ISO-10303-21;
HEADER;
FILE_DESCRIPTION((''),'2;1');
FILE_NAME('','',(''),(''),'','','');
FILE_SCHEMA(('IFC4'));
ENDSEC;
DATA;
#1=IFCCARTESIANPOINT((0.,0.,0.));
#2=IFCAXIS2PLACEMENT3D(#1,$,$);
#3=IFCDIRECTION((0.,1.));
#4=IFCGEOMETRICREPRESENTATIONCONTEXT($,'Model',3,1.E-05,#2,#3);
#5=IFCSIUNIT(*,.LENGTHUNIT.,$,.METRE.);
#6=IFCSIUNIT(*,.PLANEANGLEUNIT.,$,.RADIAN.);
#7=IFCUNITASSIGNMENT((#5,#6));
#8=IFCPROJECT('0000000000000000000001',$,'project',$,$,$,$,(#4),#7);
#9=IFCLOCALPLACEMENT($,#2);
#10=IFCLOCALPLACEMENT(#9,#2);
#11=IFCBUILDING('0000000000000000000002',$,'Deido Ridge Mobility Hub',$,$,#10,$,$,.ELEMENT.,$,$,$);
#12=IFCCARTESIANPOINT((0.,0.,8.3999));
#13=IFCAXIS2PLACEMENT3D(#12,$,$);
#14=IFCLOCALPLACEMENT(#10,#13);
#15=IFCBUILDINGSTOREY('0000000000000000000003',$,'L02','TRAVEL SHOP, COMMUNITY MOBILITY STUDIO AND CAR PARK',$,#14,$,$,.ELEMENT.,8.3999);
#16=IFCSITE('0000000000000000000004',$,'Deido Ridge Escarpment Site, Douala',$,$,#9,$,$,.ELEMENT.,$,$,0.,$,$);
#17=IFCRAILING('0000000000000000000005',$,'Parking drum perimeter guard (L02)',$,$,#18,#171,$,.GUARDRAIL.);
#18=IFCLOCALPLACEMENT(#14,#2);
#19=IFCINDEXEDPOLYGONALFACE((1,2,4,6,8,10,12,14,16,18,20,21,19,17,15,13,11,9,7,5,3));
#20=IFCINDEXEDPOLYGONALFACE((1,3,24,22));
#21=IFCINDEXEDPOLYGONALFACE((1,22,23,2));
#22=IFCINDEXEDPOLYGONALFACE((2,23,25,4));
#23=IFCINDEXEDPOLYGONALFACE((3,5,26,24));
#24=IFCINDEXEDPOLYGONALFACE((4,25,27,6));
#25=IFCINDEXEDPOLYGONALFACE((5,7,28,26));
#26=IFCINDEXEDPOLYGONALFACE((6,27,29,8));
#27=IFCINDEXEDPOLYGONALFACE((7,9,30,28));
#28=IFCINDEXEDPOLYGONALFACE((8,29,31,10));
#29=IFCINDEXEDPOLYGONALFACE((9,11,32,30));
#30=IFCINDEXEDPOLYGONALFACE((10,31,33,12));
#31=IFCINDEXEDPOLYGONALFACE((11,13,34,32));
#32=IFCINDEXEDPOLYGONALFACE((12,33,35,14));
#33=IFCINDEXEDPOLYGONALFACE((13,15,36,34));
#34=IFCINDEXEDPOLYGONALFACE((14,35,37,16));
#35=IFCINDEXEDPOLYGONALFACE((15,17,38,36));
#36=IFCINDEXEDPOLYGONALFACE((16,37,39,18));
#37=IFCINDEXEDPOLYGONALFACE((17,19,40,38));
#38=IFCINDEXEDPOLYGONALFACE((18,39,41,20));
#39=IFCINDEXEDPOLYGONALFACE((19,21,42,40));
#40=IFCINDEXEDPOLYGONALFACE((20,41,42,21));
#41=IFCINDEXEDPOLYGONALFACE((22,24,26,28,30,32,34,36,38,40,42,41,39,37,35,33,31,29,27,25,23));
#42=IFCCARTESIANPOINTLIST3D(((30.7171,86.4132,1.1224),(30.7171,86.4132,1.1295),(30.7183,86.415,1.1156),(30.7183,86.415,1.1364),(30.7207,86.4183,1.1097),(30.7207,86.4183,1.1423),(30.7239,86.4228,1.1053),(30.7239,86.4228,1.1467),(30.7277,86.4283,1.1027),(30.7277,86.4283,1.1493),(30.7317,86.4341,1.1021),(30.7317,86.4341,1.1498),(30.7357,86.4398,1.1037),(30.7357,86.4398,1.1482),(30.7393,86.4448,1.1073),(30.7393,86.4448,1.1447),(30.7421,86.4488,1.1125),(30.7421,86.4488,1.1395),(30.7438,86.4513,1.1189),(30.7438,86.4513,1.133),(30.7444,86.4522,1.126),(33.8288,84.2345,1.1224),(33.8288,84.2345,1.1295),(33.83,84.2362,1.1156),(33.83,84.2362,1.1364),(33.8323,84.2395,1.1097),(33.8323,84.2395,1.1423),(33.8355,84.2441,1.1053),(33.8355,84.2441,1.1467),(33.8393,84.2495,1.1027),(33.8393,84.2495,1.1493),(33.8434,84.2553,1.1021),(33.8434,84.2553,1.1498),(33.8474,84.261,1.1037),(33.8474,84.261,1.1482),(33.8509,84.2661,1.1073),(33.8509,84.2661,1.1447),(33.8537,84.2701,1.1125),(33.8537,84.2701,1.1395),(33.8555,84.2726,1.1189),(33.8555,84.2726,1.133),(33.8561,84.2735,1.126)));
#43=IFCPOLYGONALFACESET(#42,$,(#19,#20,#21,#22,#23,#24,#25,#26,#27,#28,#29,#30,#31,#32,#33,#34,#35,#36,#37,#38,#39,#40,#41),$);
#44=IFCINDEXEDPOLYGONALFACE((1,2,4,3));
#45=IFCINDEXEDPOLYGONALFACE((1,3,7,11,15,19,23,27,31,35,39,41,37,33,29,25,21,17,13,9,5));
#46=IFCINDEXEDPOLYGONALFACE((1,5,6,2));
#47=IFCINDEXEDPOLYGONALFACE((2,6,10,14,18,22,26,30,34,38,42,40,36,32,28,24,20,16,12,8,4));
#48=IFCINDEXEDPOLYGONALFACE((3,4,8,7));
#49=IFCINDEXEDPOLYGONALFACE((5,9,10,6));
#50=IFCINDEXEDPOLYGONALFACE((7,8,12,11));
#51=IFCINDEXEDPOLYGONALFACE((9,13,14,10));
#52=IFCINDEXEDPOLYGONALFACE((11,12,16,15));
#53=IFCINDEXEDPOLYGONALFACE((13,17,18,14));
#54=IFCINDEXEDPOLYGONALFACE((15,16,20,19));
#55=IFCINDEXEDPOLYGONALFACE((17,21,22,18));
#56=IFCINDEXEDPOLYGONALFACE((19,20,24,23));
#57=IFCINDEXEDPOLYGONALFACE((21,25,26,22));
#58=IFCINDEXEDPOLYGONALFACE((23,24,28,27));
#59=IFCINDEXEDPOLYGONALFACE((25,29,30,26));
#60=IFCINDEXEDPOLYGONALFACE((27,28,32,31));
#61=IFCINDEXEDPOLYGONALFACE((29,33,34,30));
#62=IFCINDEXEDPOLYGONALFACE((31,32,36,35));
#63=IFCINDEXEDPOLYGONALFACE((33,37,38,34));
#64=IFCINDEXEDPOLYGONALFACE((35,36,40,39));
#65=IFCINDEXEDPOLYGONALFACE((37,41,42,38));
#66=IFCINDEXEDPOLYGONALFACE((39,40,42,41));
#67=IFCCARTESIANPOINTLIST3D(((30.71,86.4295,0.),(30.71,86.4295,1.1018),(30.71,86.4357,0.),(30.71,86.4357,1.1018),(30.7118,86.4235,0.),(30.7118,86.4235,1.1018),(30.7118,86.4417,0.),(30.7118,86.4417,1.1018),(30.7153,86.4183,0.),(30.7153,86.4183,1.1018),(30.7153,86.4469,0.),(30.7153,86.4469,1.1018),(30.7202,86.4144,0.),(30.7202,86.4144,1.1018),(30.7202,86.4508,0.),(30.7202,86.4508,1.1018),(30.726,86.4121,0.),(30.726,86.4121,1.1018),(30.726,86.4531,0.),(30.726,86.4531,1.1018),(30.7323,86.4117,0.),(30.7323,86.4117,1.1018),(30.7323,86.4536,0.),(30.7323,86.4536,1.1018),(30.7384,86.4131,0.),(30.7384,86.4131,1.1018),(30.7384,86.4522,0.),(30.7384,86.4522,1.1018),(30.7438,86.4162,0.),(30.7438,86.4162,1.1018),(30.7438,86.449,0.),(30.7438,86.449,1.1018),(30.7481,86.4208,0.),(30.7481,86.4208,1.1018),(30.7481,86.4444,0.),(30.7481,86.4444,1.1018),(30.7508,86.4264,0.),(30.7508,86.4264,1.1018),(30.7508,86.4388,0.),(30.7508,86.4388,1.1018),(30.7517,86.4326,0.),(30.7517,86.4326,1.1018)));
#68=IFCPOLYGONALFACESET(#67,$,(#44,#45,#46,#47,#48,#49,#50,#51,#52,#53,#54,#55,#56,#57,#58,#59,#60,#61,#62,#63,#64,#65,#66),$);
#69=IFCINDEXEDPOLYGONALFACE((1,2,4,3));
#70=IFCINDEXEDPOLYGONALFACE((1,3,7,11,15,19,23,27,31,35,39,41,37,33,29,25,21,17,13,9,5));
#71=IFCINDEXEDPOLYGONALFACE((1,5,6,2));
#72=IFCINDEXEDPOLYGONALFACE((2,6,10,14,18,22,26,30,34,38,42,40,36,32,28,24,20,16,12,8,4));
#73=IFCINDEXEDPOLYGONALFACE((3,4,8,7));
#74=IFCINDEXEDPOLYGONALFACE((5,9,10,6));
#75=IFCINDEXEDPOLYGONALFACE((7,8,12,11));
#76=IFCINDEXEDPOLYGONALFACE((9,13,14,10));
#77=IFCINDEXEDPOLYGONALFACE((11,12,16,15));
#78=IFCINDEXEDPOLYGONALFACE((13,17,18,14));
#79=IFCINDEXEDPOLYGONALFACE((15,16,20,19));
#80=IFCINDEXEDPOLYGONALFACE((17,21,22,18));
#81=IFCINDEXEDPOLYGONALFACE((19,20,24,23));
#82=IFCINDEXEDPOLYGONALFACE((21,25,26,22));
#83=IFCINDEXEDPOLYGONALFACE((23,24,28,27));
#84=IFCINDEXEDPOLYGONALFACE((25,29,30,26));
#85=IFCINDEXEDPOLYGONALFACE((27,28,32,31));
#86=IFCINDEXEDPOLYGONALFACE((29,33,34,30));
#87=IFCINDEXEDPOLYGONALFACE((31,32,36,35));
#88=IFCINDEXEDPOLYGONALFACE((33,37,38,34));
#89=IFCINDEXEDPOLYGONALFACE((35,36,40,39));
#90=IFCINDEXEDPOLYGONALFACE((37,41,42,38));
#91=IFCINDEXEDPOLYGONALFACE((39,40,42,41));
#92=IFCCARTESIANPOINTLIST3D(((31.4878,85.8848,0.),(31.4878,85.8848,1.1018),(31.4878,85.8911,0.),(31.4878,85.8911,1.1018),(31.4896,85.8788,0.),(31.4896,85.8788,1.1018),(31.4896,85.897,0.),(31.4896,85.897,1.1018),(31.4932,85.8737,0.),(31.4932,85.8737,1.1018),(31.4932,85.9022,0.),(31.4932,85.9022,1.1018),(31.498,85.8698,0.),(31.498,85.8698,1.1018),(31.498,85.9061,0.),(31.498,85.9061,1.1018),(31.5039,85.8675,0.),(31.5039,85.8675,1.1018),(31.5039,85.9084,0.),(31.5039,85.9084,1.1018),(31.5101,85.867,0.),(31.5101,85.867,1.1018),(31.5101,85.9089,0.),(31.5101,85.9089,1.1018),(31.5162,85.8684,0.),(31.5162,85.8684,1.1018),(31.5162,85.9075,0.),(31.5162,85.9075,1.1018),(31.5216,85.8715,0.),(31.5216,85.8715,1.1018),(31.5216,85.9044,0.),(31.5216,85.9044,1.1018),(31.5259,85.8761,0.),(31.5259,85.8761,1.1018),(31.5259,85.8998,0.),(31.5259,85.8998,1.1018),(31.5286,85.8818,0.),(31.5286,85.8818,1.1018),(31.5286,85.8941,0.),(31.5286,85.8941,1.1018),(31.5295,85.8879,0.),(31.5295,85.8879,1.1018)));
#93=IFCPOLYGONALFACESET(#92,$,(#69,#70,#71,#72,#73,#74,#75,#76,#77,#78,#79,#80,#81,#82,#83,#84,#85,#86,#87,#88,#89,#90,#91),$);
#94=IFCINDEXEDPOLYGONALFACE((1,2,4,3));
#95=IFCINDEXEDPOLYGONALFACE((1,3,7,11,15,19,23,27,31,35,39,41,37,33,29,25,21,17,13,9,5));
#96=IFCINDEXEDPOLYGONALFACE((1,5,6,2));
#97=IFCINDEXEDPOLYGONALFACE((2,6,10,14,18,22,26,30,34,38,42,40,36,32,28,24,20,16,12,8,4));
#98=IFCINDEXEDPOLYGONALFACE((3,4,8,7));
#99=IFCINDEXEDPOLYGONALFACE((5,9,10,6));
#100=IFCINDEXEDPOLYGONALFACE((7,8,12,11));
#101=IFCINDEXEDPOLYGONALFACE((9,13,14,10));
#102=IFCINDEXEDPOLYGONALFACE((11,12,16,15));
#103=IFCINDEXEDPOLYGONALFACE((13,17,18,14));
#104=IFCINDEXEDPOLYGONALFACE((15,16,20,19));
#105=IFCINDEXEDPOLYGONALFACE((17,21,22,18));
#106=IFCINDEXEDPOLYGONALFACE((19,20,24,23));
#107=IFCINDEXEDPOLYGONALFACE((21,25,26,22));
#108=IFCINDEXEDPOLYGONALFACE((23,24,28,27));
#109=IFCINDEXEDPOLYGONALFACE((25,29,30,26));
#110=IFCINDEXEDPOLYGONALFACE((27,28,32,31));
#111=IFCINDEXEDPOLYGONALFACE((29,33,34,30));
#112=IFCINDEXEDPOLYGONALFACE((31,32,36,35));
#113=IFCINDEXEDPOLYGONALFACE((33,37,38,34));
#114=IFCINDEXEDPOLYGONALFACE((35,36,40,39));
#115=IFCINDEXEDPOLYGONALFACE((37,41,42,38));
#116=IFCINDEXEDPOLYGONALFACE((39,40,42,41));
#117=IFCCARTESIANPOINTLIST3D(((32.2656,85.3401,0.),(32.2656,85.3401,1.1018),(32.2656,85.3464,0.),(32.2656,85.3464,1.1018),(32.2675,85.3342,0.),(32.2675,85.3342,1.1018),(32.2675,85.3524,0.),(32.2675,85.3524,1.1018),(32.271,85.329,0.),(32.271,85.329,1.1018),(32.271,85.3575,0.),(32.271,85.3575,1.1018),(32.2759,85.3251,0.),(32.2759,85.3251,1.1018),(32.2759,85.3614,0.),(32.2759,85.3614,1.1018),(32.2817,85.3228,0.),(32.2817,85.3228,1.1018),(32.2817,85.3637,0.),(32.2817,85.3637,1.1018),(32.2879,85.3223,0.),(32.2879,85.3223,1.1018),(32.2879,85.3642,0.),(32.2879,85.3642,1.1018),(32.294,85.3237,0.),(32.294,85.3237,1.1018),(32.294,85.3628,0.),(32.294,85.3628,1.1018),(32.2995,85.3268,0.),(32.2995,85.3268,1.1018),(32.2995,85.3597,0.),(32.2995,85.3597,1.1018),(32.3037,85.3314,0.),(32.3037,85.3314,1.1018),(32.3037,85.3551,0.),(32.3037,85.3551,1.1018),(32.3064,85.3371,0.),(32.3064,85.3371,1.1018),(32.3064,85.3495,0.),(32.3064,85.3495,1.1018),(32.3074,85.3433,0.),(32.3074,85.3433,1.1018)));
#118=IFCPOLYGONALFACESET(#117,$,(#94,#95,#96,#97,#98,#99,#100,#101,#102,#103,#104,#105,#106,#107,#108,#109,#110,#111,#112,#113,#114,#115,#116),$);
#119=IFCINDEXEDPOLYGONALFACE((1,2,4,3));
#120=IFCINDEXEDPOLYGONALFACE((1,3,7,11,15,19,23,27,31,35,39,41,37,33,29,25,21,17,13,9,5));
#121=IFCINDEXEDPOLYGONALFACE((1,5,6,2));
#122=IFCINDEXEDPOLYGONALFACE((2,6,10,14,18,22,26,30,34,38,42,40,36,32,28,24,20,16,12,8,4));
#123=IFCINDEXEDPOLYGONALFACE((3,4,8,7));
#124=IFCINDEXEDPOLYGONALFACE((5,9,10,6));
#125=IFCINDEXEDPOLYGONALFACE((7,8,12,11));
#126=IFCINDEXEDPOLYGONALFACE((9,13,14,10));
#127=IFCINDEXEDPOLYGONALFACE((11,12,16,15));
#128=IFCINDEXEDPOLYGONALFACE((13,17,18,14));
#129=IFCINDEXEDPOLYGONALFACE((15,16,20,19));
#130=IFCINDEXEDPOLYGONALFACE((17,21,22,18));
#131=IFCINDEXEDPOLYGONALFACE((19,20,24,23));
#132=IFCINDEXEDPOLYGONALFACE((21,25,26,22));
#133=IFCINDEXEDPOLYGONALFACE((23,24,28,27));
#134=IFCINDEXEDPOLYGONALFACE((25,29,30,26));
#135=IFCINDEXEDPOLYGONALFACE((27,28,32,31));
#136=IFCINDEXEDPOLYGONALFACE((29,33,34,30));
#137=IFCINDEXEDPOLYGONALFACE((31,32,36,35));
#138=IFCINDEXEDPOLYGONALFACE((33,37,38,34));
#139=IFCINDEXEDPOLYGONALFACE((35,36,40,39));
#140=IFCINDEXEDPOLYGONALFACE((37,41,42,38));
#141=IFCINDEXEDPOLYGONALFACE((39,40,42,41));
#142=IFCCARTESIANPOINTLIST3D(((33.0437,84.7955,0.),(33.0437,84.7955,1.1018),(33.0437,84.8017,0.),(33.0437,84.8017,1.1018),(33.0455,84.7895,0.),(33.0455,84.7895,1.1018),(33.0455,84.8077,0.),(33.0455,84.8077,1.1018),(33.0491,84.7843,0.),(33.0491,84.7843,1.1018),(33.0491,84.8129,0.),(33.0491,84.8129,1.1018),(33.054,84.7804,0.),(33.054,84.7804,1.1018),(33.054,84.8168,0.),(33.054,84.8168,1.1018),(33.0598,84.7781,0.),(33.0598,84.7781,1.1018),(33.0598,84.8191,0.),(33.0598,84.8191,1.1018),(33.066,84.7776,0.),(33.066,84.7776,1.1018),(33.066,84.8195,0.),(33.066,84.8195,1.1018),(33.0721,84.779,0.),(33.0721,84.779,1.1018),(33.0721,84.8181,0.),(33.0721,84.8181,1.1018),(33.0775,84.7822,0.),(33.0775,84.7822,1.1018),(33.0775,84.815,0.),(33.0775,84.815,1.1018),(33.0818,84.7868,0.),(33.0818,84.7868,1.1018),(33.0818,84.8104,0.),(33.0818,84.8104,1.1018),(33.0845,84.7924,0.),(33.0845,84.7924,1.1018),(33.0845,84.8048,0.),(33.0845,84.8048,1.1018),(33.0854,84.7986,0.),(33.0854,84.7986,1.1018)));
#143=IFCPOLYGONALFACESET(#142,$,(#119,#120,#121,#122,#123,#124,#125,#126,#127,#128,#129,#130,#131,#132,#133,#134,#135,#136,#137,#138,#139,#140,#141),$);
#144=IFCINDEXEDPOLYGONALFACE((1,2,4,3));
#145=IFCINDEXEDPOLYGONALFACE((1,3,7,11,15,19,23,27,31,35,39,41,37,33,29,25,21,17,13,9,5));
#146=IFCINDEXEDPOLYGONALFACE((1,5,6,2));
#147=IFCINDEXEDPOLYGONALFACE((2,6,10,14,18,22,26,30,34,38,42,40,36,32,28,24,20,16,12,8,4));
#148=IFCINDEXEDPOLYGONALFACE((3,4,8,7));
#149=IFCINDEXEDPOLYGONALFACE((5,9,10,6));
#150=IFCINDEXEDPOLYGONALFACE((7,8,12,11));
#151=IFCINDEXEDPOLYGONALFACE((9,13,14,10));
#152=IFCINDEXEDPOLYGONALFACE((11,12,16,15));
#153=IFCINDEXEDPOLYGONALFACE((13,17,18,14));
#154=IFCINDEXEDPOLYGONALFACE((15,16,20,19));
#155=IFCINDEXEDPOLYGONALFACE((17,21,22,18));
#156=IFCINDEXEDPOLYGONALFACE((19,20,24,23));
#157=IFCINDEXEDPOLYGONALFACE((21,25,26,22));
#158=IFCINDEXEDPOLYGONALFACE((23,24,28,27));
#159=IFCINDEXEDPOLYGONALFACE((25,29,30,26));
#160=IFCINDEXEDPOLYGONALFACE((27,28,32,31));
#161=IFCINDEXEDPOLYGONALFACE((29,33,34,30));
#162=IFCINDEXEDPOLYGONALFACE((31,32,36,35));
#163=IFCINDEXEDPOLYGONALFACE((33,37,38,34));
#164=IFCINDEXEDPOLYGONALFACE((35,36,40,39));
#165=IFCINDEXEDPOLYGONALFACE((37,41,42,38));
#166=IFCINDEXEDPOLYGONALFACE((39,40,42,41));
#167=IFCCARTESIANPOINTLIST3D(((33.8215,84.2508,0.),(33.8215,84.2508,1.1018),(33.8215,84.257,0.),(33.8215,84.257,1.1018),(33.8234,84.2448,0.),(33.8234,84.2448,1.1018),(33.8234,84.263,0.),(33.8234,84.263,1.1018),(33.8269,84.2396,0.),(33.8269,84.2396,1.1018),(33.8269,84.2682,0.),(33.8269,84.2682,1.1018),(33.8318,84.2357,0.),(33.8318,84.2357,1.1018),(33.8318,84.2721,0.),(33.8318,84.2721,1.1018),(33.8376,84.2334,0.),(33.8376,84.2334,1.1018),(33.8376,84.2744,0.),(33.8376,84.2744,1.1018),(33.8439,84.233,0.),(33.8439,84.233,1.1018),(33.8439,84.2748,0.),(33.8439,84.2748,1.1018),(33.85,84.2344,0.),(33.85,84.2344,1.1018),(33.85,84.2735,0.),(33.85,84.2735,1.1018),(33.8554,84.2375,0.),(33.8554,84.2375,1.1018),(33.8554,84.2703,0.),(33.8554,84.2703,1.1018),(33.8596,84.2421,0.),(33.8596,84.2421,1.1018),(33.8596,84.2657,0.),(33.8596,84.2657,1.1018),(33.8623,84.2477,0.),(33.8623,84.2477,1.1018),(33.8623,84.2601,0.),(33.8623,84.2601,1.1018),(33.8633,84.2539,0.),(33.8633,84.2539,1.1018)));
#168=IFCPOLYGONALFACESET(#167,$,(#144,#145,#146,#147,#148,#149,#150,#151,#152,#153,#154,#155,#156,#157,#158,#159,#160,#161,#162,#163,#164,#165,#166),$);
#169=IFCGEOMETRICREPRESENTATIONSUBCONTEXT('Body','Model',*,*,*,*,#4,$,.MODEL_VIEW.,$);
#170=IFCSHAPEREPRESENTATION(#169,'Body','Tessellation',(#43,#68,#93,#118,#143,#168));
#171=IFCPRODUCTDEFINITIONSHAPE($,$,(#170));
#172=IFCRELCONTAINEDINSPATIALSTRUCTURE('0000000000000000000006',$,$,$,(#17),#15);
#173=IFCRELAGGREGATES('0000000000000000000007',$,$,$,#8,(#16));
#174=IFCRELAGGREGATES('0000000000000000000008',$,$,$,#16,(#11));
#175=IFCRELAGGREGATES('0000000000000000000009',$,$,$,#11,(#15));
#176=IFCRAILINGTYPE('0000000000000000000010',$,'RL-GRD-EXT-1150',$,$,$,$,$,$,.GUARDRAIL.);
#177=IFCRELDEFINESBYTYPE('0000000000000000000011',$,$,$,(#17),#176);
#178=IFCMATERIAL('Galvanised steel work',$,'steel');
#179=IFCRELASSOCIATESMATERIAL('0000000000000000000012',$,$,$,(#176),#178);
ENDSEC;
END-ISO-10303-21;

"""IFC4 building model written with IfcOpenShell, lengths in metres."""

from ifc_helpers import new_model, si_unit, direction, frame, origin, origin_2d, place, context, subcontext, project, spatial, circle, extrude, material, type_object, element, save


model = new_model("IFC4")

# Units and contexts
model_context = context("Model", 3, precision=1e-05, world=origin(), true_north=direction((0.0, 1.0)))
body_context = subcontext(model_context, "Body", "Model", "MODEL_VIEW")
ifc_project = project(units=[si_unit("LENGTHUNIT", "METRE"), si_unit("PLANEANGLEUNIT", "RADIAN")], contexts=[model_context])

# Site, building, storey
site_placement = place(None, origin())
site = spatial("IfcSite", under=ifc_project, at=site_placement, Name="Deido Ridge Escarpment Site, Douala", CompositionType="ELEMENT", RefElevation=0.0)
building_placement = place(site_placement, origin())
building = spatial("IfcBuilding", under=site, at=building_placement, Name="Deido Ridge Mobility Hub", CompositionType="ELEMENT")
storey_placement = place(building_placement, frame((0.0, 0.0, 8.3999)))
storey = spatial("IfcBuildingStorey", under=building, at=storey_placement, Name="L02", Description="TRAVEL SHOP, COMMUNITY MOBILITY STUDIO AND CAR PARK", CompositionType="ELEMENT", Elevation=8.3999)

# Railing
ifc_material_1 = material(Name="Galvanised steel work", Category="steel")
railing_type = type_object("IfcRailingType", Name="RL-GRD-EXT-1150", PredefinedType="GUARDRAIL", material=ifc_material_1)
railing_1_placement = place(storey_placement, frame((30.7307, 86.4326, 0.0)))
element("IfcRailing", 1, at=railing_1_placement, inside=storey, type_object=railing_type, Name="Parking drum perimeter guard (L02)", PredefinedType="GUARDRAIL", context=body_context, shape_type="SweptSolid", body=[
    extrude(circle(Radius=0.0239, at=origin_2d()), frame((0.0, 0.0, 1.126), z_axis=(0.819156, -0.57357, 0.0), x_axis=(0.57357, 0.819156, 0.0)), (0.0, 0.0, 1.0), 3.7986),
    extrude(circle(Radius=0.021, at=origin_2d()), origin(), (0.0, 0.0, 1.0), 1.1018),
    extrude(circle(Radius=0.021, at=origin_2d()), frame((0.7778, -0.5447, 0.0)), (0.0, 0.0, 1.0), 1.1018),
    extrude(circle(Radius=0.021, at=origin_2d()), frame((1.5557, -1.0894, 0.0)), (0.0, 0.0, 1.0), 1.1018),
    extrude(circle(Radius=0.021, at=origin_2d()), frame((2.3337, -1.634, 0.0)), (0.0, 0.0, 1.0), 1.1018),
    extrude(circle(Radius=0.021, at=origin_2d()), frame((3.1116, -2.1787, 0.0)), (0.0, 0.0, 1.0), 1.1018),
])

save(model, "model.ifc")
